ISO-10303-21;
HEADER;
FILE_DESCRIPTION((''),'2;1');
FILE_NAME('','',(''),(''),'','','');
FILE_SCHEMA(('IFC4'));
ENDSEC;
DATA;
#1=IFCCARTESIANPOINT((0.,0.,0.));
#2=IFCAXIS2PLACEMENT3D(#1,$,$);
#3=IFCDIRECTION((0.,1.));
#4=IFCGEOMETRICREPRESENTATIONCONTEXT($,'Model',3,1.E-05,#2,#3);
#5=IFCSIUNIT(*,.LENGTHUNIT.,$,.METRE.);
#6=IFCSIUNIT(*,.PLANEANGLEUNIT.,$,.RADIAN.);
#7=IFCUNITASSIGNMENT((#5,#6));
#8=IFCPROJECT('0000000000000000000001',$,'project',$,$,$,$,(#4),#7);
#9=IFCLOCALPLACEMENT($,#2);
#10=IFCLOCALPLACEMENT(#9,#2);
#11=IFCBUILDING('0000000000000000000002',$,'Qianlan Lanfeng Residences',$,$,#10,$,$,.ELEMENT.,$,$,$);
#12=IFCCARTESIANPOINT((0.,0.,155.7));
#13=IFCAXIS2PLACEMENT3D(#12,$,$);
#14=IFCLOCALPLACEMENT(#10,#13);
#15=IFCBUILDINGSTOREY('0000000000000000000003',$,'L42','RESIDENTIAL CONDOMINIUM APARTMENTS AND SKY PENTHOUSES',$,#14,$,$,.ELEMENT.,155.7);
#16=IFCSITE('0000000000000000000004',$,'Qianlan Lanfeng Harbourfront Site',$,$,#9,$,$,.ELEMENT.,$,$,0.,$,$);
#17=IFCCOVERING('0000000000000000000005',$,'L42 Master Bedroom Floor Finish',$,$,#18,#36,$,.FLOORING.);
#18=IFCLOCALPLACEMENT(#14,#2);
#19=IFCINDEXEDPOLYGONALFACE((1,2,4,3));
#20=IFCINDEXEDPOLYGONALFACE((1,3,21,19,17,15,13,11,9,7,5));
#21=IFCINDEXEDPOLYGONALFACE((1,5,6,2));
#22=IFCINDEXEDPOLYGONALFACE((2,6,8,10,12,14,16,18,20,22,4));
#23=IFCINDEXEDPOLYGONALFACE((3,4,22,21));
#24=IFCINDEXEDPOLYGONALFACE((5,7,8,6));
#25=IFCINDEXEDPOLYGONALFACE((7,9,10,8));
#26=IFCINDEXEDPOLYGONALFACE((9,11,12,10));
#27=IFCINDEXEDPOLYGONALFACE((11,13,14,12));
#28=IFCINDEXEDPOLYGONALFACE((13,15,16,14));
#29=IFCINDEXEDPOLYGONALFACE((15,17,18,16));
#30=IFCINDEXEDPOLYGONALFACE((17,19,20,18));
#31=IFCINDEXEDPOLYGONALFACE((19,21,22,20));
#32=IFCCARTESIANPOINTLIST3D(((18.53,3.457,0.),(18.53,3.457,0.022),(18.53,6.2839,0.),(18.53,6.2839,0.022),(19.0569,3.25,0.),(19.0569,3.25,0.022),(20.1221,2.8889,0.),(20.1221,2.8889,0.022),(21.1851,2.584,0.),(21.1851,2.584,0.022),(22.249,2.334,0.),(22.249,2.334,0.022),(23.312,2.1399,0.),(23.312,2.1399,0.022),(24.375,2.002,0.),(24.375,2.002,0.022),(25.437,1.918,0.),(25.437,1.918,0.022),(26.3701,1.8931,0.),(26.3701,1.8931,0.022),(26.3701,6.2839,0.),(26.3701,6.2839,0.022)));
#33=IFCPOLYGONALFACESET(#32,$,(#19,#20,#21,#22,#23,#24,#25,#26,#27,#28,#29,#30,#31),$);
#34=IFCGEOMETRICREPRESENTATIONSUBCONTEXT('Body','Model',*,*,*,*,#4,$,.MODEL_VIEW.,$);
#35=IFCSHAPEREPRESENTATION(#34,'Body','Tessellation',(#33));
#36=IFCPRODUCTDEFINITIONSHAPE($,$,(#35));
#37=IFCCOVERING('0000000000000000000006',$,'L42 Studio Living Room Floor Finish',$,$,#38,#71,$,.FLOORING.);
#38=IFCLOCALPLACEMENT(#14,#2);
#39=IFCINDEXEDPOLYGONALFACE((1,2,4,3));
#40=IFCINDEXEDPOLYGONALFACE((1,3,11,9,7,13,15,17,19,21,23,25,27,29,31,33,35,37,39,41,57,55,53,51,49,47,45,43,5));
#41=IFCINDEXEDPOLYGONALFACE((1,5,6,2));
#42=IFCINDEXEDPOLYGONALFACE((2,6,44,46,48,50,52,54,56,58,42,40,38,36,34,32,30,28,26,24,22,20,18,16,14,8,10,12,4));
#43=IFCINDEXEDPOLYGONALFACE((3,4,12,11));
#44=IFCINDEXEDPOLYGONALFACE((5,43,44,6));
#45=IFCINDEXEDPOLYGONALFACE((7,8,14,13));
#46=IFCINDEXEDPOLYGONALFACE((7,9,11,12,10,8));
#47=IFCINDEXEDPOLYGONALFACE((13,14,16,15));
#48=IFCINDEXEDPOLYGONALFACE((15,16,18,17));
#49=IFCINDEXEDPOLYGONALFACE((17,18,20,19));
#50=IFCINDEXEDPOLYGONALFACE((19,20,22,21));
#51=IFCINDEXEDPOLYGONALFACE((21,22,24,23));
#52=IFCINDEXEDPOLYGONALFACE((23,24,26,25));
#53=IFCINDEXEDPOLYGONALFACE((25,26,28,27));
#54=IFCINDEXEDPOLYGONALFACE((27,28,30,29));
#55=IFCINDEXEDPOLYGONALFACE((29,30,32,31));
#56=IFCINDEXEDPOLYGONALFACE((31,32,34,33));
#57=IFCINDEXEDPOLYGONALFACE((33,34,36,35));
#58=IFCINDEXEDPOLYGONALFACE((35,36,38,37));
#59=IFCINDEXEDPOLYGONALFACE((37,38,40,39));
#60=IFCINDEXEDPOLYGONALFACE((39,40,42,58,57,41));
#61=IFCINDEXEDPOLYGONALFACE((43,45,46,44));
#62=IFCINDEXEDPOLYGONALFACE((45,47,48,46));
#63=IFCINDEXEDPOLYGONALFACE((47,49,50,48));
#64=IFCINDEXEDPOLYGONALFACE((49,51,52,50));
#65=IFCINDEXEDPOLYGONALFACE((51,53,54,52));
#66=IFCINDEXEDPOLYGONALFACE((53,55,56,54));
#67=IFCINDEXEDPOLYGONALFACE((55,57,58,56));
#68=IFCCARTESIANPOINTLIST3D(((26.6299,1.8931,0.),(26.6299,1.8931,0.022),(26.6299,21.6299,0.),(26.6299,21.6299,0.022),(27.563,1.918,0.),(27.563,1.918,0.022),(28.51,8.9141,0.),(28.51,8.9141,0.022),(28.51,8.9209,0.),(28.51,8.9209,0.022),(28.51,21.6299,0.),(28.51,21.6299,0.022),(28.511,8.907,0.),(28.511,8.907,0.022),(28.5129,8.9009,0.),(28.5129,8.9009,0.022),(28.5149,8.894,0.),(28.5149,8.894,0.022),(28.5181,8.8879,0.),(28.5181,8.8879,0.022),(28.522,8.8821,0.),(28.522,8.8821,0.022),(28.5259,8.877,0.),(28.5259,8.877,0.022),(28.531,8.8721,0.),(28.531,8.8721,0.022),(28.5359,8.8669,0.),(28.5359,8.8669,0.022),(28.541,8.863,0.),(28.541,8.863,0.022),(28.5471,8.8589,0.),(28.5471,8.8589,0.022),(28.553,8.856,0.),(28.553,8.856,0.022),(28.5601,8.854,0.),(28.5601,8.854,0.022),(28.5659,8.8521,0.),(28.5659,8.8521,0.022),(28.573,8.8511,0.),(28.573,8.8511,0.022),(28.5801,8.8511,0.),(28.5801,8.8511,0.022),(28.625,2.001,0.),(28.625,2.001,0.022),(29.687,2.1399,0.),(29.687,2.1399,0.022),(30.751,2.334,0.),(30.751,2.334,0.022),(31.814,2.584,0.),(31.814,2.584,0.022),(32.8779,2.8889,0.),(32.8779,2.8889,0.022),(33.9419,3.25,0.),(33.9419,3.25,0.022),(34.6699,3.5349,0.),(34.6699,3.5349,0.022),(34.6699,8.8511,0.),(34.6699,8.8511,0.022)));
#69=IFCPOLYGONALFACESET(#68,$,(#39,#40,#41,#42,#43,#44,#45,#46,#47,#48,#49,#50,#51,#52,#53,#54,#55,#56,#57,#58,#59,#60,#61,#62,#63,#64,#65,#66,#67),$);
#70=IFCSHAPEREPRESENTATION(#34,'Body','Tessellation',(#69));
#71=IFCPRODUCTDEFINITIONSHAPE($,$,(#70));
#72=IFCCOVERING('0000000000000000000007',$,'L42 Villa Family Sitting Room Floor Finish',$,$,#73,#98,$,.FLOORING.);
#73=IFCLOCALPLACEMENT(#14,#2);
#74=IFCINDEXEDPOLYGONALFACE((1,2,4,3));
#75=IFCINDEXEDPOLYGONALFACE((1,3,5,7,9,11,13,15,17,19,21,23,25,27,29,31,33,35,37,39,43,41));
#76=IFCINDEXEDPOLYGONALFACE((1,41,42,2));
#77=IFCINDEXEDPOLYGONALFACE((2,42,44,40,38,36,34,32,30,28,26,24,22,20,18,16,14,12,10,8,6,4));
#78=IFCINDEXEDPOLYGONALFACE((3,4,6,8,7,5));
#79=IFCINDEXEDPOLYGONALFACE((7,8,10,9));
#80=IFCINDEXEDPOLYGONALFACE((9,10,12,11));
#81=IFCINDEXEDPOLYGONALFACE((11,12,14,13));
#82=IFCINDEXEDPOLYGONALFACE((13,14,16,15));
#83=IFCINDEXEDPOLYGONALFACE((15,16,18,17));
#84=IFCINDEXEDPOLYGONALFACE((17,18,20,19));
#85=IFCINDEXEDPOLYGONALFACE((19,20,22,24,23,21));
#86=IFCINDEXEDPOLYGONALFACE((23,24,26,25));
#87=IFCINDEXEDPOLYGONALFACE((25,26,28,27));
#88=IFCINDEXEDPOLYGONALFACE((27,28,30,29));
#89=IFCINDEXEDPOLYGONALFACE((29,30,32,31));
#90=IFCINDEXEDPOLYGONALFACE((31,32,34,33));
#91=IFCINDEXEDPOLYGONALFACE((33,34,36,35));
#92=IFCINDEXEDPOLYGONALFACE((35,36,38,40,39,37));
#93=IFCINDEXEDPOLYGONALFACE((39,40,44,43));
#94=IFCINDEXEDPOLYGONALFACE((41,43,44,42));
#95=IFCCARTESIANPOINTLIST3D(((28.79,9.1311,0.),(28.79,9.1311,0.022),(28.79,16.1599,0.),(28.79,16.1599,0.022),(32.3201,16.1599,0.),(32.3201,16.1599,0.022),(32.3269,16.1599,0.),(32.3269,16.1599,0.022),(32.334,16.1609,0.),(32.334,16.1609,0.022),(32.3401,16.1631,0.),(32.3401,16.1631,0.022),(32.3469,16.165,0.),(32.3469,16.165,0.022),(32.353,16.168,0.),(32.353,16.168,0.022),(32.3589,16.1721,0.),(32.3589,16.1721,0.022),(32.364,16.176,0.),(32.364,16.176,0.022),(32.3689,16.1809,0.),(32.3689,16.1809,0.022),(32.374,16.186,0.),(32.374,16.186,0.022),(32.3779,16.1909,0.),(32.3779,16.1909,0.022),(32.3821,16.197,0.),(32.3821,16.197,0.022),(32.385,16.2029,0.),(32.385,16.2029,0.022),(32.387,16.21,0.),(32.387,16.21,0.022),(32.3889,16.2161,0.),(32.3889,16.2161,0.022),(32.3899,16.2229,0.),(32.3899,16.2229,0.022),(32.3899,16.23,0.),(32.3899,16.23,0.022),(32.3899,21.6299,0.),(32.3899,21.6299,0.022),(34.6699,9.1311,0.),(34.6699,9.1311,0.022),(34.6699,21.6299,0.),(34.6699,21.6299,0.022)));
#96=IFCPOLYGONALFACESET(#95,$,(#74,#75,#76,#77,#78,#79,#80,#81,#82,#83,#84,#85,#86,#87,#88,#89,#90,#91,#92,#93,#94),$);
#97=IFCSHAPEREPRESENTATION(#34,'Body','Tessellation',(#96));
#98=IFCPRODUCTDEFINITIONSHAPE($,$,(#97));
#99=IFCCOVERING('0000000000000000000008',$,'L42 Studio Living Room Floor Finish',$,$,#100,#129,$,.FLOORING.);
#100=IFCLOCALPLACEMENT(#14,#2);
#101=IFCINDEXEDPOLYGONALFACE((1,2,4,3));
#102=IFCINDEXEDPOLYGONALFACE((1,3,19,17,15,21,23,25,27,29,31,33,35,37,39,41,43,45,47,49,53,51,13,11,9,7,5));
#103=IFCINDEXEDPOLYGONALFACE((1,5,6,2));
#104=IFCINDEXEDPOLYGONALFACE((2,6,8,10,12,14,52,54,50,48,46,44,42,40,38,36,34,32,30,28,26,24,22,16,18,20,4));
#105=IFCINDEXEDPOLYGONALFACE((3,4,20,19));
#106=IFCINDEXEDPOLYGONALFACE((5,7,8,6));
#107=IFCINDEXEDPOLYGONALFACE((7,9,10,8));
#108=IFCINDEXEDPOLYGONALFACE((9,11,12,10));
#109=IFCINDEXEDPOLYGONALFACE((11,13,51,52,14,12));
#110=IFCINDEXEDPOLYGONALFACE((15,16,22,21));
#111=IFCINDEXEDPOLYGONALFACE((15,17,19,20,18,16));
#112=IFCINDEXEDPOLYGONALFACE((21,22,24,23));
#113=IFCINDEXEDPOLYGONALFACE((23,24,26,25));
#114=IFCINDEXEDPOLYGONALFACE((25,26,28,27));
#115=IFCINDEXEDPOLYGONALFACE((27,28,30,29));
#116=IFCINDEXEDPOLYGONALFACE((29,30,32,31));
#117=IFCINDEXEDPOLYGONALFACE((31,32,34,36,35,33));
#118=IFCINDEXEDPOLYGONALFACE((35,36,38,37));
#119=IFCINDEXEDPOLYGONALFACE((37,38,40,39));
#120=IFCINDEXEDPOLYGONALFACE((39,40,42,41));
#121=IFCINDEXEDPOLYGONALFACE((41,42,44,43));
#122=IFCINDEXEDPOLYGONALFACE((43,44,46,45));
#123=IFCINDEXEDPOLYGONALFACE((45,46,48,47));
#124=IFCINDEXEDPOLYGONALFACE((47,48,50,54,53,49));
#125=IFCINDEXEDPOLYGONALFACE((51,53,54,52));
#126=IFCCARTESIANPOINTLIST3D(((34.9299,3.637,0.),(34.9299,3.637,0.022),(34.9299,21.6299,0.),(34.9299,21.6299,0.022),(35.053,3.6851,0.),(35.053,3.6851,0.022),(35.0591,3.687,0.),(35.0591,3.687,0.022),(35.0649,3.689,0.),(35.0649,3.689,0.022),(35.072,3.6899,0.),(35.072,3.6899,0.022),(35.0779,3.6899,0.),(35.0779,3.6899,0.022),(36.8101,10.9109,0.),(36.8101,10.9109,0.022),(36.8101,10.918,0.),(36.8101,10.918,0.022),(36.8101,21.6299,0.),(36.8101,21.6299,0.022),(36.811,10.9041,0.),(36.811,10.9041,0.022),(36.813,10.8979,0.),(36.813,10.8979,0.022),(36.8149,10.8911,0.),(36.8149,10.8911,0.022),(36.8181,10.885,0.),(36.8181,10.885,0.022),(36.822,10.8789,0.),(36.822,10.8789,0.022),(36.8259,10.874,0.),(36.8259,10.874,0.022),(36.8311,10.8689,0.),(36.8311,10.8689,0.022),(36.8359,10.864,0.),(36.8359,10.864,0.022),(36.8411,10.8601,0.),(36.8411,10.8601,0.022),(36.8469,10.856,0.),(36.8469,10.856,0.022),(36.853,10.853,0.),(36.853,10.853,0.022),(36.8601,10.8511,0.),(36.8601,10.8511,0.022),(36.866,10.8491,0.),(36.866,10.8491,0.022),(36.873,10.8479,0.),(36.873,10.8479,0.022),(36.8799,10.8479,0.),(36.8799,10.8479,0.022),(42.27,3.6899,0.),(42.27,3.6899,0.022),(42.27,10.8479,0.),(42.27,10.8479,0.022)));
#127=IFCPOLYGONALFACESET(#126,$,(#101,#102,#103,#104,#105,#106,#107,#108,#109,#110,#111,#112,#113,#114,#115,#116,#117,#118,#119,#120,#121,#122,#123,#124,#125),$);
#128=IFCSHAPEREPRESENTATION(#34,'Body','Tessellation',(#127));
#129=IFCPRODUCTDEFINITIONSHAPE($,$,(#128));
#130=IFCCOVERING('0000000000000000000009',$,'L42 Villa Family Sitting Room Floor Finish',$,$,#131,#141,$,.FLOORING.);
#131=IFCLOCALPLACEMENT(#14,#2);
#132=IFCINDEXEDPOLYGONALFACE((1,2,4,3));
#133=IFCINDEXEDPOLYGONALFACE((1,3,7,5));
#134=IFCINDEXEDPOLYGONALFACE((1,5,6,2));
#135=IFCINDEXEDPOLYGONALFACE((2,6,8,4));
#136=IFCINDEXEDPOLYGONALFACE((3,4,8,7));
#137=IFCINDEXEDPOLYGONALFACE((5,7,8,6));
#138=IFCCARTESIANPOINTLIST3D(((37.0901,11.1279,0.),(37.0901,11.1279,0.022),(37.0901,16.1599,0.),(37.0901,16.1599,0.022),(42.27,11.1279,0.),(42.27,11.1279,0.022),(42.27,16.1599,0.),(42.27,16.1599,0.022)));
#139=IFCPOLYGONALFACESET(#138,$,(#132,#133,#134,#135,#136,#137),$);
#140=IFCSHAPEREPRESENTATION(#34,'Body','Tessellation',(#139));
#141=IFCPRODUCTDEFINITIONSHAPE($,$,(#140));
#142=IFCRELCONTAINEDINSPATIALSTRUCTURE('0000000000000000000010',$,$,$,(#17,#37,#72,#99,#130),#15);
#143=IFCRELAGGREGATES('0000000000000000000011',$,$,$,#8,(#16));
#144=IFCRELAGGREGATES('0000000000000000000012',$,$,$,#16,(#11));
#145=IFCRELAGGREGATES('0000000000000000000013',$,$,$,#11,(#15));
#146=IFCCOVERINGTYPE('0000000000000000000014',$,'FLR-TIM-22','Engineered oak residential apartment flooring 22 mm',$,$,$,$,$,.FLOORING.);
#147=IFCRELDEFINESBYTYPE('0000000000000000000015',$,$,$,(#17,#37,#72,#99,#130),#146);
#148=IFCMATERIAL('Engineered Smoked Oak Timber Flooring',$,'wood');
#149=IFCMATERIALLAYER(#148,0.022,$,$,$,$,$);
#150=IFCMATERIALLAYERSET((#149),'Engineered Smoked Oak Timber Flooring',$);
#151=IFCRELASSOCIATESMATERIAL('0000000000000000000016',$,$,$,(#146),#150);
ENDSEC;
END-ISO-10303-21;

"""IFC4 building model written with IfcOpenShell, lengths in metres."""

from ifc_helpers import new_model, si_unit, direction, frame, origin, place, context, subcontext, project, spatial, polyline, outline, extrude, material, layer, layer_set, type_object, element, save


model = new_model("IFC4")

# Units and contexts
model_context = context("Model", 3, precision=1e-05, world=origin(), true_north=direction((0.0, 1.0)))
body_context = subcontext(model_context, "Body", "Model", "MODEL_VIEW")
ifc_project = project(units=[si_unit("LENGTHUNIT", "METRE"), si_unit("PLANEANGLEUNIT", "RADIAN")], contexts=[model_context])

# Site, building, storey
site_placement = place(None, origin())
site = spatial("IfcSite", under=ifc_project, at=site_placement, Name="Qianlan Lanfeng Harbourfront Site", CompositionType="ELEMENT", RefElevation=0.0)
building_placement = place(site_placement, origin())
building = spatial("IfcBuilding", under=site, at=building_placement, Name="Qianlan Lanfeng Residences", CompositionType="ELEMENT")
storey_placement = place(building_placement, frame((0.0, 0.0, 155.7)))
storey = spatial("IfcBuildingStorey", under=building, at=storey_placement, Name="L42", Description="RESIDENTIAL CONDOMINIUM APARTMENTS AND SKY PENTHOUSES", CompositionType="ELEMENT", Elevation=155.7)

# Coverings
ifc_material_1 = material(Name="Engineered Smoked Oak Timber Flooring", Category="wood")
ifc_layer_1 = layer(ifc_material_1, 0.022)
ifc_layer_set_1 = layer_set([ifc_layer_1], Name="Engineered Smoked Oak Timber Flooring")
covering_type_1 = type_object("IfcCoveringType", Name="FLR-TIM-22", Description="Engineered oak residential apartment flooring 22 mm", PredefinedType="FLOORING", material=ifc_layer_set_1)
covering_1_placement = place(storey_placement, origin())
element("IfcCovering", 1, at=covering_1_placement, inside=storey, type_object=covering_type_1, Name="L42 Master Bedroom Floor Finish", PredefinedType="FLOORING", context=body_context, shape_type="SweptSolid", body=[
    extrude(outline(polyline([(18.53, 6.2839), (18.53, 3.457), (19.0569, 3.25), (20.1221, 2.8889), (21.1851, 2.584), (22.249, 2.334), (23.312, 2.1399), (24.375, 2.002), (25.437, 1.918), (26.3701, 1.8931), (26.3701, 6.2839), (18.53, 6.2839)])), origin(), (0.0, 0.0, 1.0), 0.022),
])
covering_2_placement = place(storey_placement, origin())
element("IfcCovering", 2, at=covering_2_placement, inside=storey, type_object=covering_type_1, Name="L42 Studio Living Room Floor Finish", PredefinedType="FLOORING", context=body_context, shape_type="SweptSolid", body=[
    extrude(outline(polyline([(34.6699, 3.5349), (34.6699, 8.8511), (28.5801, 8.8511), (28.573, 8.8511), (28.5659, 8.8521), (28.5601, 8.854), (28.553, 8.856), (28.5471, 8.8589), (28.541, 8.863), (28.5359, 8.8669), (28.531, 8.8721), (28.5259, 8.877), (28.522, 8.8821), (28.5181, 8.8879), (28.5149, 8.894), (28.5129, 8.9009), (28.511, 8.907), (28.51, 8.9141), (28.51, 8.9209), (28.51, 21.6299), (26.6299, 21.6299), (26.6299, 1.8931), (27.563, 1.918), (28.625, 2.001), (29.687, 2.1399), (30.751, 2.334), (31.814, 2.584), (32.8779, 2.8889), (33.9419, 3.25), (34.6699, 3.5349)])), origin(), (0.0, 0.0, 1.0), 0.022),
])
covering_3_placement = place(storey_placement, origin())
element("IfcCovering", 3, at=covering_3_placement, inside=storey, type_object=covering_type_1, Name="L42 Villa Family Sitting Room Floor Finish", PredefinedType="FLOORING", context=body_context, shape_type="SweptSolid", body=[
    extrude(outline(polyline([(28.79, 9.1311), (34.6699, 9.1311), (34.6699, 21.6299), (32.3899, 21.6299), (32.3899, 16.23), (32.3899, 16.2229), (32.3889, 16.2161), (32.387, 16.21), (32.385, 16.2029), (32.3821, 16.197), (32.3779, 16.1909), (32.374, 16.186), (32.3689, 16.1809), (32.364, 16.176), (32.3589, 16.1721), (32.353, 16.168), (32.3469, 16.165), (32.3401, 16.1631), (32.334, 16.1609), (32.3269, 16.1599), (32.3201, 16.1599), (28.79, 16.1599), (28.79, 9.1311)])), origin(), (0.0, 0.0, 1.0), 0.022),
])
covering_4_placement = place(storey_placement, origin())
element("IfcCovering", 4, at=covering_4_placement, inside=storey, type_object=covering_type_1, Name="L42 Studio Living Room Floor Finish", PredefinedType="FLOORING", context=body_context, shape_type="SweptSolid", body=[
    extrude(outline(polyline([(42.27, 3.6899), (42.27, 10.8479), (36.8799, 10.8479), (36.873, 10.8479), (36.866, 10.8491), (36.8601, 10.8511), (36.853, 10.853), (36.8469, 10.856), (36.8411, 10.8601), (36.8359, 10.864), (36.8311, 10.8689), (36.8259, 10.874), (36.822, 10.8789), (36.8181, 10.885), (36.8149, 10.8911), (36.813, 10.8979), (36.811, 10.9041), (36.8101, 10.9109), (36.8101, 10.918), (36.8101, 21.6299), (34.9299, 21.6299), (34.9299, 3.637), (35.053, 3.6851), (35.0591, 3.687), (35.0649, 3.689), (35.072, 3.6899), (35.0779, 3.6899), (42.27, 3.6899)])), origin(), (0.0, 0.0, 1.0), 0.022),
])
covering_5_placement = place(storey_placement, origin())
element("IfcCovering", 5, at=covering_5_placement, inside=storey, type_object=covering_type_1, Name="L42 Villa Family Sitting Room Floor Finish", PredefinedType="FLOORING", context=body_context, shape_type="SweptSolid", body=[
    extrude(outline(polyline([(37.0901, 16.1599), (37.0901, 11.1279), (42.27, 11.1279), (42.27, 16.1599), (37.0901, 16.1599)])), origin(), (0.0, 0.0, 1.0), 0.022),
])

save(model, "model.ifc")
